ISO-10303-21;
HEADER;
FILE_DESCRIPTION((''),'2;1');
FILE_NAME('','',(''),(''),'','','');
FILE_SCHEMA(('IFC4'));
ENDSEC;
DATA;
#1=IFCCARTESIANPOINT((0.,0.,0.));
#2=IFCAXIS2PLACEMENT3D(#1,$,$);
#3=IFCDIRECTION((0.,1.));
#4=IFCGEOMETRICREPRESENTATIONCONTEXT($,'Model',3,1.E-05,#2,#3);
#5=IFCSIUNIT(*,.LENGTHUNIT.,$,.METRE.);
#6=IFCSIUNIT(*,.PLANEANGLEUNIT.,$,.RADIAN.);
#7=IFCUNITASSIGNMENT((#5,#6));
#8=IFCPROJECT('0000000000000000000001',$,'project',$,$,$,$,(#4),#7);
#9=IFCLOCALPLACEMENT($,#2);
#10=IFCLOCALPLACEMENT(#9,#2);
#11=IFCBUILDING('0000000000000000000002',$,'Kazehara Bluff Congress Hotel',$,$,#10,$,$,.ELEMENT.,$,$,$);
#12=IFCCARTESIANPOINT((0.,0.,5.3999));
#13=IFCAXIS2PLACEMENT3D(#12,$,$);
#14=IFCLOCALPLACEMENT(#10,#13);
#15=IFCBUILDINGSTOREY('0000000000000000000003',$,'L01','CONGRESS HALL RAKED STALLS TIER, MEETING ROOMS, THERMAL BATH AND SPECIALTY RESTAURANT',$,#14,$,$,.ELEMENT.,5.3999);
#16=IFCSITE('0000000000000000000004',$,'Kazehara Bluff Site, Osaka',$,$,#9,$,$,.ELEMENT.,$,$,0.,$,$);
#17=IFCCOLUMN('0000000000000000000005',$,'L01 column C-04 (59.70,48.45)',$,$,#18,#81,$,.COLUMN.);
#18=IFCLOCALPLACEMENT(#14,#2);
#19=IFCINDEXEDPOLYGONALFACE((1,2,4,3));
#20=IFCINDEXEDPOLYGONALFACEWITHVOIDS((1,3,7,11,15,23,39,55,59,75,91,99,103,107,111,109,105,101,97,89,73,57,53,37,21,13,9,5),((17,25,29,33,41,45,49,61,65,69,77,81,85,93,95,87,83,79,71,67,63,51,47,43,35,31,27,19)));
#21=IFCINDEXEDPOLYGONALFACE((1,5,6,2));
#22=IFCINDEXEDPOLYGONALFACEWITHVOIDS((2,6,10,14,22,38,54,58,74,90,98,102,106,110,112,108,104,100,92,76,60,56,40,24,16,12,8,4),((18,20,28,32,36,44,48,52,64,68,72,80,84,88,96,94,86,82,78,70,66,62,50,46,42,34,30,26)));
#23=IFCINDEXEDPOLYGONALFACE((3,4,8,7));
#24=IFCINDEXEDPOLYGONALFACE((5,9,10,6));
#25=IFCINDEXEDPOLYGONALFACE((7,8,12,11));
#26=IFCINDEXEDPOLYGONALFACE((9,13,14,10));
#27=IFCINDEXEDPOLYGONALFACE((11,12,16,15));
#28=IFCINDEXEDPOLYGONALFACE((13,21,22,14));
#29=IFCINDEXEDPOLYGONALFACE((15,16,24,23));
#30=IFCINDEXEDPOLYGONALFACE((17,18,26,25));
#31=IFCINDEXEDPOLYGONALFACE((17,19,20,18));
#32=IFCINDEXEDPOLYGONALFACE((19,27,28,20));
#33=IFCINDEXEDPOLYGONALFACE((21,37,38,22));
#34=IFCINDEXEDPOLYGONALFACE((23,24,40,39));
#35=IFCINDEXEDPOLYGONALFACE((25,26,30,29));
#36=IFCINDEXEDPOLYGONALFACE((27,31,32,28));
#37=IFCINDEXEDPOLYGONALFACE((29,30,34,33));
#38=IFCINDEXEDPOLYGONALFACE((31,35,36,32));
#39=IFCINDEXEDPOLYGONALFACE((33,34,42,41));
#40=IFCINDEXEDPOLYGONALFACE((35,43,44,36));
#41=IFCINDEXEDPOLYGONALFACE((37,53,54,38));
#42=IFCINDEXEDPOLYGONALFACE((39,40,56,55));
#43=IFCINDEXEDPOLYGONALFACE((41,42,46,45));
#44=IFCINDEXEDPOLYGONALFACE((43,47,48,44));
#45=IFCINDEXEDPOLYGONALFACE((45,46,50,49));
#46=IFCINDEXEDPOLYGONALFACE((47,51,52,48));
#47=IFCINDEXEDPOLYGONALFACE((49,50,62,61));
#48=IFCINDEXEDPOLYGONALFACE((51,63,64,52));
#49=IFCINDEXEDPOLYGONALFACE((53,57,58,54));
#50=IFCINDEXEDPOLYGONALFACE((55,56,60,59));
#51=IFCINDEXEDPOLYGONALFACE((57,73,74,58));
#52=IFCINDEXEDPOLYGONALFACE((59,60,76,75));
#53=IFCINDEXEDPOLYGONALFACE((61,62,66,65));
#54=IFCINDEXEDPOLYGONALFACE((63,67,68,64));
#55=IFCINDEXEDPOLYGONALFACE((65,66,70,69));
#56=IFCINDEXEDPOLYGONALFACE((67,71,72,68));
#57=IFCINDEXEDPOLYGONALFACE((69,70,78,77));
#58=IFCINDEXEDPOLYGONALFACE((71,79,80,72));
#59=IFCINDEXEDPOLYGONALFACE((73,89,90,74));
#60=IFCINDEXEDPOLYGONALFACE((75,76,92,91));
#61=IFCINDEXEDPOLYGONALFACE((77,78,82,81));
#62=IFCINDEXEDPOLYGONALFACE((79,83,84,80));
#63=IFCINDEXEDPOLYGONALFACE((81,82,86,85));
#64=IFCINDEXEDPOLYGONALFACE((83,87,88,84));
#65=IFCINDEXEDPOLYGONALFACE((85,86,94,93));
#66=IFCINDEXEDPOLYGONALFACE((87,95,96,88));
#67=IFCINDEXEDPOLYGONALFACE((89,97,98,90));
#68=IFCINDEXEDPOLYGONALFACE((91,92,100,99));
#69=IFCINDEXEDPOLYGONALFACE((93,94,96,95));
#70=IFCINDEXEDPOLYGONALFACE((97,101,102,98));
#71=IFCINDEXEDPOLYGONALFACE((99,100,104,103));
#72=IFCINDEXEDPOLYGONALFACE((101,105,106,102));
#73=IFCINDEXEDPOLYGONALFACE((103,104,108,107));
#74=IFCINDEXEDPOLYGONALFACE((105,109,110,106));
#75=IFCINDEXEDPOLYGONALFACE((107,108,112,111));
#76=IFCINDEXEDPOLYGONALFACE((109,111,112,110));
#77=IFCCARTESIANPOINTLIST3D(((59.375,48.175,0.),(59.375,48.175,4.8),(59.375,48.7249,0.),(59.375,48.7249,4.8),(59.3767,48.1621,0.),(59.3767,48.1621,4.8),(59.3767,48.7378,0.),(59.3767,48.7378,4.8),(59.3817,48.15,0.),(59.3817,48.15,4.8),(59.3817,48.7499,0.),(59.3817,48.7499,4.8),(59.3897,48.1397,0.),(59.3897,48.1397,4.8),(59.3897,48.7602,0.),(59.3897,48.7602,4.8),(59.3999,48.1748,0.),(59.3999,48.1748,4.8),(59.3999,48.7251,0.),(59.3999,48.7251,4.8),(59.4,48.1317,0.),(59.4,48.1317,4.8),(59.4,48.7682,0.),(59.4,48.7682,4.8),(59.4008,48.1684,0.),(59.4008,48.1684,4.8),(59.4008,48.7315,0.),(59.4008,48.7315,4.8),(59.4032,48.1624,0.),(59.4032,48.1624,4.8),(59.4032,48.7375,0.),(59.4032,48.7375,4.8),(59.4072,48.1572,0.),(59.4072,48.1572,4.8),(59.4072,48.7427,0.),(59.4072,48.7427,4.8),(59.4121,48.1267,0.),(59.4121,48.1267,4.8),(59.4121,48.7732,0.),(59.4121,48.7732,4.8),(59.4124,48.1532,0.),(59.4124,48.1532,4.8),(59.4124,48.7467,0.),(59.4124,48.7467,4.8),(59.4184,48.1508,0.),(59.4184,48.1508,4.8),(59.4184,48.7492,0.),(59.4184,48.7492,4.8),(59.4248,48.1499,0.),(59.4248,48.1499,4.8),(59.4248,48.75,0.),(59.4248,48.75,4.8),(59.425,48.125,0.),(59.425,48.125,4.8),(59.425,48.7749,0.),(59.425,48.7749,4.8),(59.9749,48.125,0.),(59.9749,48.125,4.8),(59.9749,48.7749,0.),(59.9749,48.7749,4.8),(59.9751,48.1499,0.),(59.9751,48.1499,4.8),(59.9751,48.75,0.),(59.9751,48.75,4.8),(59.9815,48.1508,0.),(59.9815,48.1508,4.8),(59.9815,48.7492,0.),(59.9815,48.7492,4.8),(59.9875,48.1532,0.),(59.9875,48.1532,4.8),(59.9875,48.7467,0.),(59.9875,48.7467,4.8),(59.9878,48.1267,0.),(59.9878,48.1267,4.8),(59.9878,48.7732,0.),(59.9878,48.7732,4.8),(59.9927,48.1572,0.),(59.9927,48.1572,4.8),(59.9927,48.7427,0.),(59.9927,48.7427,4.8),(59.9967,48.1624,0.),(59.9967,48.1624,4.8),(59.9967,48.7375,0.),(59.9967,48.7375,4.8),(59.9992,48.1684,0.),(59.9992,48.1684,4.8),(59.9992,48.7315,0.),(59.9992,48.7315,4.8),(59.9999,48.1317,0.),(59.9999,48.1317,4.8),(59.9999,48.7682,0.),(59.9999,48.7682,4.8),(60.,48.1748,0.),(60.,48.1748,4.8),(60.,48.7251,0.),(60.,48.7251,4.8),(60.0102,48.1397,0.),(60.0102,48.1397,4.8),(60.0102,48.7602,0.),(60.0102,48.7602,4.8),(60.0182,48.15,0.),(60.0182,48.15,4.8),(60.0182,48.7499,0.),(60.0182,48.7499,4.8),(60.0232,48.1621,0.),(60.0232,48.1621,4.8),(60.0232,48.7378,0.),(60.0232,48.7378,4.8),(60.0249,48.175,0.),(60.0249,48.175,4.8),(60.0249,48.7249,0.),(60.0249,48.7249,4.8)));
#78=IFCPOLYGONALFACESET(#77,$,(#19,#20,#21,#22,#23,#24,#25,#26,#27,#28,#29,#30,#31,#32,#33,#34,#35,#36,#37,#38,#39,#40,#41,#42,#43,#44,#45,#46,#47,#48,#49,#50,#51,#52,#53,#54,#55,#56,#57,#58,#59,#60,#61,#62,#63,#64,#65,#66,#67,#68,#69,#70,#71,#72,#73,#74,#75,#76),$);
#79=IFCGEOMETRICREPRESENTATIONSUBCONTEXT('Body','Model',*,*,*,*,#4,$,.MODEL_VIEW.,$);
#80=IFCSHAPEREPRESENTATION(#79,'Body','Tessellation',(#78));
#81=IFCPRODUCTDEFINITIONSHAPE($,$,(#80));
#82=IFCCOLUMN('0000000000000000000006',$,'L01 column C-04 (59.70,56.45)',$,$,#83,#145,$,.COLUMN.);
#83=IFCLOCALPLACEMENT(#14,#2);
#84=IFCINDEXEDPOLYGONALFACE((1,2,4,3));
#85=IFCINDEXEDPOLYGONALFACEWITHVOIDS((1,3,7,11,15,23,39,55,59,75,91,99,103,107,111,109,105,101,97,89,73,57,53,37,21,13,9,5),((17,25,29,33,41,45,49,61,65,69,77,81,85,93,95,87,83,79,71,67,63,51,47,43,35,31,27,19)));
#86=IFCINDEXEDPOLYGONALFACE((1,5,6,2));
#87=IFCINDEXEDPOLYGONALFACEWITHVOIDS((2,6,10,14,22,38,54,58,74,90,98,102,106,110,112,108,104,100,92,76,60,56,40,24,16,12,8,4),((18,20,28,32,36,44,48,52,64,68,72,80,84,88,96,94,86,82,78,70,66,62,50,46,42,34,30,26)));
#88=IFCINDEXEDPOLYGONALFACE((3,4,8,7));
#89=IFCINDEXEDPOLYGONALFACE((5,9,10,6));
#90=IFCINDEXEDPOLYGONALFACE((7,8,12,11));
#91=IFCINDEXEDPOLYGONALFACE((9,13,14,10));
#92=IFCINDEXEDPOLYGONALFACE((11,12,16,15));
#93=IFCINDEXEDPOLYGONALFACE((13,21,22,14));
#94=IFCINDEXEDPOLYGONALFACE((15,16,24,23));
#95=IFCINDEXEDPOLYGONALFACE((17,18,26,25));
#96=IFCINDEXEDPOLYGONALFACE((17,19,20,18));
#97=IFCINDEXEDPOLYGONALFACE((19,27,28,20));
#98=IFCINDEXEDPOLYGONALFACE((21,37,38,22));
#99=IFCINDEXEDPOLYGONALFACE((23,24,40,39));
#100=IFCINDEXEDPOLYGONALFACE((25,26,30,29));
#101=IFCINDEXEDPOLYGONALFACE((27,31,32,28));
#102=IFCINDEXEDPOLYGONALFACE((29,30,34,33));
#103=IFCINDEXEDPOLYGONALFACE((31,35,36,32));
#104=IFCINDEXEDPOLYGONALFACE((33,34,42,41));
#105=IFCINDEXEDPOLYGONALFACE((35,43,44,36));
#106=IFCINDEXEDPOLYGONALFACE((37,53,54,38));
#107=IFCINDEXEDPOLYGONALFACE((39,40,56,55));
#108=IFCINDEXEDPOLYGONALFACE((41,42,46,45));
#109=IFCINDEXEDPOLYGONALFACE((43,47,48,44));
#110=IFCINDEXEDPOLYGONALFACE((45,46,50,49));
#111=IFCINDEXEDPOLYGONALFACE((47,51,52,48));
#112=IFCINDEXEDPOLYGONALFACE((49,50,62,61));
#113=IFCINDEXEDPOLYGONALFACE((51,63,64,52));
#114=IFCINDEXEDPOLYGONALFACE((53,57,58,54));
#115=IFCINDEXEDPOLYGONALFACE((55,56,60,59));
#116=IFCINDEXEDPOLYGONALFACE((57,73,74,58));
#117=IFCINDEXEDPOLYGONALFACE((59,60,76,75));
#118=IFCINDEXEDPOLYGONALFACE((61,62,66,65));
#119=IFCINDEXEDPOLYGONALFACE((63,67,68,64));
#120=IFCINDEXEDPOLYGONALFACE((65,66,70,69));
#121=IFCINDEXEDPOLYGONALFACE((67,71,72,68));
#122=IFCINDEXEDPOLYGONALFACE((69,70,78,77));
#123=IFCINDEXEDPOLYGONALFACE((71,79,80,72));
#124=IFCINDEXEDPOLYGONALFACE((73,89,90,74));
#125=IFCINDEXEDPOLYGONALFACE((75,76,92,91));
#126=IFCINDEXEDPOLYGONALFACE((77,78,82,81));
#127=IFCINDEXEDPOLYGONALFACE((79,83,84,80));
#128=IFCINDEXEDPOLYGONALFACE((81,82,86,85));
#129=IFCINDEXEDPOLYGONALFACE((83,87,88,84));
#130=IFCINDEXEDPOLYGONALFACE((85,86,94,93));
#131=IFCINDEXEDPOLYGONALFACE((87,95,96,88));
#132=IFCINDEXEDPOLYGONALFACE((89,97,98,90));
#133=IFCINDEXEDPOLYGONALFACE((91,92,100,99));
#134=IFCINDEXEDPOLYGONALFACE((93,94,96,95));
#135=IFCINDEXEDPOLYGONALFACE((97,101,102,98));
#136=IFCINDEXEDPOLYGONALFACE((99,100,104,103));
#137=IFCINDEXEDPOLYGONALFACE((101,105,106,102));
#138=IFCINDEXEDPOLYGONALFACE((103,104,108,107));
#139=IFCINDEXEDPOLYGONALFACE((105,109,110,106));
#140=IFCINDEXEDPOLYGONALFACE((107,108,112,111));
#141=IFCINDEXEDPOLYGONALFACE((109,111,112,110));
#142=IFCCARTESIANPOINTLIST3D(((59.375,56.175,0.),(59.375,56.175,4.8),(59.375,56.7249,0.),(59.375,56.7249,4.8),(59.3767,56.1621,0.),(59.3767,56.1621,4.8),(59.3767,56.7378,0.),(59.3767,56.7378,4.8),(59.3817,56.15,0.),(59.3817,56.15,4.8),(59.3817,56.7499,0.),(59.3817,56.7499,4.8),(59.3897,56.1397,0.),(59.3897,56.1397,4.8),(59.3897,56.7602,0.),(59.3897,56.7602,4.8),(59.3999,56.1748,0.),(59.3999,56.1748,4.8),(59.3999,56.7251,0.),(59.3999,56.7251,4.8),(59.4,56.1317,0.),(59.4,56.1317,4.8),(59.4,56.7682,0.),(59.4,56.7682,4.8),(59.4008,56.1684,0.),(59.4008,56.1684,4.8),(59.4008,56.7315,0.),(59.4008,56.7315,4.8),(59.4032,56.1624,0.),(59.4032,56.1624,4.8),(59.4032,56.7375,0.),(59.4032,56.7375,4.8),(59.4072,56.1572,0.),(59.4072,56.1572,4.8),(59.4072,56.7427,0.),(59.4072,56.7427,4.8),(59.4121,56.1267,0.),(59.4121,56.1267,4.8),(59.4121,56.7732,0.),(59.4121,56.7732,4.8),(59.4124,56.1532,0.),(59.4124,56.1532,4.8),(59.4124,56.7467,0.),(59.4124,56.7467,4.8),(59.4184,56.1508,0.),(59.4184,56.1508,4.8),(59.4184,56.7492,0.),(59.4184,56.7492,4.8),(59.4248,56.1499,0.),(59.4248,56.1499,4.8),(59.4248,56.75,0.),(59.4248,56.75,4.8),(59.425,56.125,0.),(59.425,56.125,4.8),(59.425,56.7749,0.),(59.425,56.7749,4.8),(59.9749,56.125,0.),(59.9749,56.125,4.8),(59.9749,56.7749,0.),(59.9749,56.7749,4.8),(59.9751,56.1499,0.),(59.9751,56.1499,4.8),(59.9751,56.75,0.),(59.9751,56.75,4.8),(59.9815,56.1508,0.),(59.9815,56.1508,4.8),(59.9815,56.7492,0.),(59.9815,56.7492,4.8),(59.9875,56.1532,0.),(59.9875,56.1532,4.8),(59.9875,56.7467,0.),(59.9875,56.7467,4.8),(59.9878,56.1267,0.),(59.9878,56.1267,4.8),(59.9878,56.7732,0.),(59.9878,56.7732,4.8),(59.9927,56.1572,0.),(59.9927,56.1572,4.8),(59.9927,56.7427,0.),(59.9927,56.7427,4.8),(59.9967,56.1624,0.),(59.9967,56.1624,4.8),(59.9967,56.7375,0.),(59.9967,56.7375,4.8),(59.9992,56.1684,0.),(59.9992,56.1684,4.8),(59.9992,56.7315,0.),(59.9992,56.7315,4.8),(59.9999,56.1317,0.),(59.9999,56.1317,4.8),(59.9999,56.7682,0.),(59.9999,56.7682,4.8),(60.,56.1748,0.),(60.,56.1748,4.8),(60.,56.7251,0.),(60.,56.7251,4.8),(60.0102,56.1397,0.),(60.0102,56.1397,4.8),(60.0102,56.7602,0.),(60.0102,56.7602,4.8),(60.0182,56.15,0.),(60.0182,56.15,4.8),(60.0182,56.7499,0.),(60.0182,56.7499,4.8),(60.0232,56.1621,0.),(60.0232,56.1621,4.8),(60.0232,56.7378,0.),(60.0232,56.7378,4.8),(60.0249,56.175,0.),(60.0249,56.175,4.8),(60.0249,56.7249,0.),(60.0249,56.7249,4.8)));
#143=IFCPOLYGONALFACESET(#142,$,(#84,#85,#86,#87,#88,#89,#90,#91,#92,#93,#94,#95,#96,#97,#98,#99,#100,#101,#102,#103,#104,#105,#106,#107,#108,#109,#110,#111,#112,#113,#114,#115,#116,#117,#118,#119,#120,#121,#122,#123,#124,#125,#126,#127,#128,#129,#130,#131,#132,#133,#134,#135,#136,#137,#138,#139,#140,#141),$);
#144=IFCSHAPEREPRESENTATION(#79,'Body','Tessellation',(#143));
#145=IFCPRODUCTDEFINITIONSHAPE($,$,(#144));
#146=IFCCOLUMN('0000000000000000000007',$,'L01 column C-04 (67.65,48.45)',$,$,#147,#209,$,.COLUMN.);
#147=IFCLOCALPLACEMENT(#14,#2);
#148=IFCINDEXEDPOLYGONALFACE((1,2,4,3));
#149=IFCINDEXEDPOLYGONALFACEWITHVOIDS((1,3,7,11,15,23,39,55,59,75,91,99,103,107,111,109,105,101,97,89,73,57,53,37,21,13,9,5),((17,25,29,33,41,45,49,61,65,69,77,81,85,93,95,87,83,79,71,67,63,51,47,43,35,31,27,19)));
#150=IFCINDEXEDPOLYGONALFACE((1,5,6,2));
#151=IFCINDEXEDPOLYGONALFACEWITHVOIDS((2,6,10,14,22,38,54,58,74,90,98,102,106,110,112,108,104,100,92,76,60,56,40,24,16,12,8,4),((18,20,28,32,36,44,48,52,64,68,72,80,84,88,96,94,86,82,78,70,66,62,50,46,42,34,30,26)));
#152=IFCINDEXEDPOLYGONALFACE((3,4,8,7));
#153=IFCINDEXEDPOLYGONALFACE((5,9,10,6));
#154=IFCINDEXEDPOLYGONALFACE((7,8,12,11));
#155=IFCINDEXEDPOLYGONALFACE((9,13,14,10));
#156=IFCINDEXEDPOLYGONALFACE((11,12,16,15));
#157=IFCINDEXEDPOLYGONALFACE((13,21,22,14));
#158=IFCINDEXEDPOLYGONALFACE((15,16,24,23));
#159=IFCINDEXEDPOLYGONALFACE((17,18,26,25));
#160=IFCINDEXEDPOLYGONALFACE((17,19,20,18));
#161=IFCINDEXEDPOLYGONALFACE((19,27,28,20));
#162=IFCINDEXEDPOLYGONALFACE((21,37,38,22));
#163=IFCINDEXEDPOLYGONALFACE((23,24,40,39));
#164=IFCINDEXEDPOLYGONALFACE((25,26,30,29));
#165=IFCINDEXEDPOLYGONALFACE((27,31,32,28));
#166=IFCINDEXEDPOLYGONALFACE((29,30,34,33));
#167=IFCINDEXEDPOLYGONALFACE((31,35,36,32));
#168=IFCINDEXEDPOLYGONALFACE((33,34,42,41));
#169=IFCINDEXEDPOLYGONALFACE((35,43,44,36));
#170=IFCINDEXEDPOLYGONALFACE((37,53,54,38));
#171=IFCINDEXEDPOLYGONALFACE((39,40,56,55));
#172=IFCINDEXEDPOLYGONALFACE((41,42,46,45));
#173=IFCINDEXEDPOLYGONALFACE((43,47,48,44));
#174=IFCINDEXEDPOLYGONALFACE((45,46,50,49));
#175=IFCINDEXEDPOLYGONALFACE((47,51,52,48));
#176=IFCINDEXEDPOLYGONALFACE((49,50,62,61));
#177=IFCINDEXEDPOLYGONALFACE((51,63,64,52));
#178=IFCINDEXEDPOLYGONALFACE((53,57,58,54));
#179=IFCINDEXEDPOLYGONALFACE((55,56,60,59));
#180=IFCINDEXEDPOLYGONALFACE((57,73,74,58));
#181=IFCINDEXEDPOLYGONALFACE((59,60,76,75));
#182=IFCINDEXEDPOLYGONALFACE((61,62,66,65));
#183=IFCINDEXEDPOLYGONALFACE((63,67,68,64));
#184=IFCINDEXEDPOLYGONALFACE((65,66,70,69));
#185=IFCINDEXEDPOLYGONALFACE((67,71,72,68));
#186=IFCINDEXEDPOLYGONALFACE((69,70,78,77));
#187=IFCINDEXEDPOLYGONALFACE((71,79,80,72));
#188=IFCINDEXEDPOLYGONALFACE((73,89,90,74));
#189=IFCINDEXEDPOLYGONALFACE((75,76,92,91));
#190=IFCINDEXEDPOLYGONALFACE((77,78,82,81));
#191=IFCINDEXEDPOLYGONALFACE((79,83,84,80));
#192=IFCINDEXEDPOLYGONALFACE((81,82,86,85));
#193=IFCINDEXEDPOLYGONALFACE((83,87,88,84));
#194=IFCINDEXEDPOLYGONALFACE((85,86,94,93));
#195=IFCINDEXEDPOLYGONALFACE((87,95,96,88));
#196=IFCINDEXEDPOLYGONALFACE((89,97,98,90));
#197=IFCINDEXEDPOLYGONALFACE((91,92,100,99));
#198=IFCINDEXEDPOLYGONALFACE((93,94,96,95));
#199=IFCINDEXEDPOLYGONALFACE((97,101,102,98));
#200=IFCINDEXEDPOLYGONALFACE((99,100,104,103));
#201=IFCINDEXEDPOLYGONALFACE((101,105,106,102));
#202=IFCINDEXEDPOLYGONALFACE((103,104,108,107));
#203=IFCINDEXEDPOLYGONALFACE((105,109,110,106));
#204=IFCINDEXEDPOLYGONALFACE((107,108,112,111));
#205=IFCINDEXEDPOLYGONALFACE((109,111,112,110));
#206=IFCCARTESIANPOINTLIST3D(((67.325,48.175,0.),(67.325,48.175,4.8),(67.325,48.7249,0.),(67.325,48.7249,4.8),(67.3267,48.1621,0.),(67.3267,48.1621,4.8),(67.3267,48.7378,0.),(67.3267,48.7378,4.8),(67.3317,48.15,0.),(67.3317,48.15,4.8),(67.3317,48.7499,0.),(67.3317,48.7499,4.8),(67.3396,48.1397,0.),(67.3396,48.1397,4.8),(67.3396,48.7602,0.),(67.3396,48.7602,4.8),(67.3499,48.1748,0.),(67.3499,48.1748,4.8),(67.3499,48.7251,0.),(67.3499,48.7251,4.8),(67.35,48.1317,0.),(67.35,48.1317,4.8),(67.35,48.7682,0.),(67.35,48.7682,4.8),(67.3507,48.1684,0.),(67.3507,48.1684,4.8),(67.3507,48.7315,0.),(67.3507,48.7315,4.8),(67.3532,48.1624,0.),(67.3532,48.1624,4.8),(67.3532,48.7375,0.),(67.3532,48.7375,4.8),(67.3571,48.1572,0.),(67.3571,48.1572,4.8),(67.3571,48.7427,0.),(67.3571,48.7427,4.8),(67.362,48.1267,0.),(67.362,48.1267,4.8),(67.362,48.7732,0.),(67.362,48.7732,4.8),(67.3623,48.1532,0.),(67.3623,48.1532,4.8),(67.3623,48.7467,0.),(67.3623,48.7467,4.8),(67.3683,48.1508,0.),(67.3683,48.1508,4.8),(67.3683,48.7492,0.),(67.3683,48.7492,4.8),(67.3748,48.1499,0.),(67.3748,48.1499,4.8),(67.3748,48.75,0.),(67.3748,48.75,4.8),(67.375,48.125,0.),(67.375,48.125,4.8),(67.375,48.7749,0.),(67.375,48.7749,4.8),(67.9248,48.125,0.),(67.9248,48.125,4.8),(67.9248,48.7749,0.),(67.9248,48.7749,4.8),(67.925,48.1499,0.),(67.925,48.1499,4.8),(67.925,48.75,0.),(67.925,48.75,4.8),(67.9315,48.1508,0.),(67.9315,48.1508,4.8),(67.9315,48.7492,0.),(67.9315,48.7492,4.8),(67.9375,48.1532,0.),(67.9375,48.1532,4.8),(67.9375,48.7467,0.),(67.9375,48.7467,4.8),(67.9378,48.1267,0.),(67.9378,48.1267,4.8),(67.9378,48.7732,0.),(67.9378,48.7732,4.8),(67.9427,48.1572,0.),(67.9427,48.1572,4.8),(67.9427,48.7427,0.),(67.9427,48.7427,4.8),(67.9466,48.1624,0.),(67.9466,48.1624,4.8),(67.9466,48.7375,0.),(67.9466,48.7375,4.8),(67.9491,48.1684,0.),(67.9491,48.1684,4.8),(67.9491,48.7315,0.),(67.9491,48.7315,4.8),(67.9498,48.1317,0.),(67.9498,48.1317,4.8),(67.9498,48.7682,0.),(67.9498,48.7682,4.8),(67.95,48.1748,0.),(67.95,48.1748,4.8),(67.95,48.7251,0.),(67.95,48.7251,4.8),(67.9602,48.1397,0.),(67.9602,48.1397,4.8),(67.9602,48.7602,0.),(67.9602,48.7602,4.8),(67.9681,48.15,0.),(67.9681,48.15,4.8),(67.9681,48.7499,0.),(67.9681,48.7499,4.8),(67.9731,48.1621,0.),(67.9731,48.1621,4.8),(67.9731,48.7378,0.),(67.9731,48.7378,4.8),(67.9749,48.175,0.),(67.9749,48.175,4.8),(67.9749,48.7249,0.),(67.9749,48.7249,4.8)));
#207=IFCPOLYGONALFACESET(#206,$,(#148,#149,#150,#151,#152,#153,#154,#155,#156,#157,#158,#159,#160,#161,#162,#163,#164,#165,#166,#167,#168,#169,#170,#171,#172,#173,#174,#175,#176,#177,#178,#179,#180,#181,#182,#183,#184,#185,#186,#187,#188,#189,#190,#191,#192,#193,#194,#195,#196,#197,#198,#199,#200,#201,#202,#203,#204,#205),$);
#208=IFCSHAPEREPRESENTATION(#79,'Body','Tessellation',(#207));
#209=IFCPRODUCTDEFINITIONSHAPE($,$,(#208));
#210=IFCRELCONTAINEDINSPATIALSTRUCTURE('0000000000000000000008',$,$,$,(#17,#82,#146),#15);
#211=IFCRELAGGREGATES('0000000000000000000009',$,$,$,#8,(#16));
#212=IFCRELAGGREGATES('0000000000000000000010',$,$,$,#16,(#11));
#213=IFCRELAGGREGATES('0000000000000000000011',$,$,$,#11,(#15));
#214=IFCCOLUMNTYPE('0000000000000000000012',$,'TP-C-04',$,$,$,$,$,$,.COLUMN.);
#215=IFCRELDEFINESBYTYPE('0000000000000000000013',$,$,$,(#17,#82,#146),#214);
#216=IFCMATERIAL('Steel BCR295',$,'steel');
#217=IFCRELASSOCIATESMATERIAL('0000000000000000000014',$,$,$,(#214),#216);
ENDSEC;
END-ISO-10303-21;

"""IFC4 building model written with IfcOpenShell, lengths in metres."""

from ifc_helpers import new_model, si_unit, direction, frame, origin, origin_2d, place, context, subcontext, project, spatial, hollow_rectangle, extrude, material, material_profile, profile_set, type_object, element, save


model = new_model("IFC4")

# Units and contexts
model_context = context("Model", 3, precision=1e-05, world=origin(), true_north=direction((0.0, 1.0)))
body_context = subcontext(model_context, "Body", "Model", "MODEL_VIEW")
ifc_project = project(units=[si_unit("LENGTHUNIT", "METRE"), si_unit("PLANEANGLEUNIT", "RADIAN")], contexts=[model_context])

# Site, building, storey
site_placement = place(None, origin())
site = spatial("IfcSite", under=ifc_project, at=site_placement, Name="Kazehara Bluff Site, Osaka", CompositionType="ELEMENT", RefElevation=0.0)
building_placement = place(site_placement, origin())
building = spatial("IfcBuilding", under=site, at=building_placement, Name="Kazehara Bluff Congress Hotel", CompositionType="ELEMENT")
storey_placement = place(building_placement, frame((0.0, 0.0, 5.3999)))
storey = spatial("IfcBuildingStorey", under=building, at=storey_placement, Name="L01", Description="CONGRESS HALL RAKED STALLS TIER, MEETING ROOMS, THERMAL BATH AND SPECIALTY RESTAURANT", CompositionType="ELEMENT", Elevation=5.3999)

# Columns
ifc_material_1 = material(Name="Steel BCR295", Category="steel")
ifc_material_profile_1 = material_profile(ifc_material_1, hollow_rectangle(XDim=0.6499, YDim=0.6499, WallThickness=0.0249, InnerFilletRadius=0.0249, OuterFilletRadius=0.05, at=origin_2d()))
ifc_profile_set_1 = profile_set([ifc_material_profile_1], Name="Steel BCR295")
column_type = type_object("IfcColumnType", Name="TP-C-04", PredefinedType="COLUMN", material=ifc_profile_set_1)
for number, where, z_axis, x_axis, name in (
    (1, (59.7, 48.45, 0.0), (0.0, 0.0, 1.0), (1.0, 0.0, 0.0), "L01 column C-04 (59.70,48.45)"),
    (2, (59.7, 56.45, 0.0), (0.0, 0.0, 1.0), (1.0, 0.0, 0.0), "L01 column C-04 (59.70,56.45)"),
    (3, (67.6499, 48.45, 0.0), (0.0, 0.0, 1.0), (1.0, 0.0, 0.0), "L01 column C-04 (67.65,48.45)"),
):
    element("IfcColumn", number, at=place(storey_placement, frame(where, z_axis=z_axis, x_axis=x_axis)), inside=storey, type_object=column_type, Name=name, PredefinedType="COLUMN", context=body_context, shape_type="SweptSolid", body=[
        extrude(hollow_rectangle(XDim=0.6499, YDim=0.6499, WallThickness=0.0249, InnerFilletRadius=0.0249, OuterFilletRadius=0.05, at=origin_2d()), origin(), (0.0, 0.0, 1.0), 4.8),
    ])

save(model, "model.ifc")
